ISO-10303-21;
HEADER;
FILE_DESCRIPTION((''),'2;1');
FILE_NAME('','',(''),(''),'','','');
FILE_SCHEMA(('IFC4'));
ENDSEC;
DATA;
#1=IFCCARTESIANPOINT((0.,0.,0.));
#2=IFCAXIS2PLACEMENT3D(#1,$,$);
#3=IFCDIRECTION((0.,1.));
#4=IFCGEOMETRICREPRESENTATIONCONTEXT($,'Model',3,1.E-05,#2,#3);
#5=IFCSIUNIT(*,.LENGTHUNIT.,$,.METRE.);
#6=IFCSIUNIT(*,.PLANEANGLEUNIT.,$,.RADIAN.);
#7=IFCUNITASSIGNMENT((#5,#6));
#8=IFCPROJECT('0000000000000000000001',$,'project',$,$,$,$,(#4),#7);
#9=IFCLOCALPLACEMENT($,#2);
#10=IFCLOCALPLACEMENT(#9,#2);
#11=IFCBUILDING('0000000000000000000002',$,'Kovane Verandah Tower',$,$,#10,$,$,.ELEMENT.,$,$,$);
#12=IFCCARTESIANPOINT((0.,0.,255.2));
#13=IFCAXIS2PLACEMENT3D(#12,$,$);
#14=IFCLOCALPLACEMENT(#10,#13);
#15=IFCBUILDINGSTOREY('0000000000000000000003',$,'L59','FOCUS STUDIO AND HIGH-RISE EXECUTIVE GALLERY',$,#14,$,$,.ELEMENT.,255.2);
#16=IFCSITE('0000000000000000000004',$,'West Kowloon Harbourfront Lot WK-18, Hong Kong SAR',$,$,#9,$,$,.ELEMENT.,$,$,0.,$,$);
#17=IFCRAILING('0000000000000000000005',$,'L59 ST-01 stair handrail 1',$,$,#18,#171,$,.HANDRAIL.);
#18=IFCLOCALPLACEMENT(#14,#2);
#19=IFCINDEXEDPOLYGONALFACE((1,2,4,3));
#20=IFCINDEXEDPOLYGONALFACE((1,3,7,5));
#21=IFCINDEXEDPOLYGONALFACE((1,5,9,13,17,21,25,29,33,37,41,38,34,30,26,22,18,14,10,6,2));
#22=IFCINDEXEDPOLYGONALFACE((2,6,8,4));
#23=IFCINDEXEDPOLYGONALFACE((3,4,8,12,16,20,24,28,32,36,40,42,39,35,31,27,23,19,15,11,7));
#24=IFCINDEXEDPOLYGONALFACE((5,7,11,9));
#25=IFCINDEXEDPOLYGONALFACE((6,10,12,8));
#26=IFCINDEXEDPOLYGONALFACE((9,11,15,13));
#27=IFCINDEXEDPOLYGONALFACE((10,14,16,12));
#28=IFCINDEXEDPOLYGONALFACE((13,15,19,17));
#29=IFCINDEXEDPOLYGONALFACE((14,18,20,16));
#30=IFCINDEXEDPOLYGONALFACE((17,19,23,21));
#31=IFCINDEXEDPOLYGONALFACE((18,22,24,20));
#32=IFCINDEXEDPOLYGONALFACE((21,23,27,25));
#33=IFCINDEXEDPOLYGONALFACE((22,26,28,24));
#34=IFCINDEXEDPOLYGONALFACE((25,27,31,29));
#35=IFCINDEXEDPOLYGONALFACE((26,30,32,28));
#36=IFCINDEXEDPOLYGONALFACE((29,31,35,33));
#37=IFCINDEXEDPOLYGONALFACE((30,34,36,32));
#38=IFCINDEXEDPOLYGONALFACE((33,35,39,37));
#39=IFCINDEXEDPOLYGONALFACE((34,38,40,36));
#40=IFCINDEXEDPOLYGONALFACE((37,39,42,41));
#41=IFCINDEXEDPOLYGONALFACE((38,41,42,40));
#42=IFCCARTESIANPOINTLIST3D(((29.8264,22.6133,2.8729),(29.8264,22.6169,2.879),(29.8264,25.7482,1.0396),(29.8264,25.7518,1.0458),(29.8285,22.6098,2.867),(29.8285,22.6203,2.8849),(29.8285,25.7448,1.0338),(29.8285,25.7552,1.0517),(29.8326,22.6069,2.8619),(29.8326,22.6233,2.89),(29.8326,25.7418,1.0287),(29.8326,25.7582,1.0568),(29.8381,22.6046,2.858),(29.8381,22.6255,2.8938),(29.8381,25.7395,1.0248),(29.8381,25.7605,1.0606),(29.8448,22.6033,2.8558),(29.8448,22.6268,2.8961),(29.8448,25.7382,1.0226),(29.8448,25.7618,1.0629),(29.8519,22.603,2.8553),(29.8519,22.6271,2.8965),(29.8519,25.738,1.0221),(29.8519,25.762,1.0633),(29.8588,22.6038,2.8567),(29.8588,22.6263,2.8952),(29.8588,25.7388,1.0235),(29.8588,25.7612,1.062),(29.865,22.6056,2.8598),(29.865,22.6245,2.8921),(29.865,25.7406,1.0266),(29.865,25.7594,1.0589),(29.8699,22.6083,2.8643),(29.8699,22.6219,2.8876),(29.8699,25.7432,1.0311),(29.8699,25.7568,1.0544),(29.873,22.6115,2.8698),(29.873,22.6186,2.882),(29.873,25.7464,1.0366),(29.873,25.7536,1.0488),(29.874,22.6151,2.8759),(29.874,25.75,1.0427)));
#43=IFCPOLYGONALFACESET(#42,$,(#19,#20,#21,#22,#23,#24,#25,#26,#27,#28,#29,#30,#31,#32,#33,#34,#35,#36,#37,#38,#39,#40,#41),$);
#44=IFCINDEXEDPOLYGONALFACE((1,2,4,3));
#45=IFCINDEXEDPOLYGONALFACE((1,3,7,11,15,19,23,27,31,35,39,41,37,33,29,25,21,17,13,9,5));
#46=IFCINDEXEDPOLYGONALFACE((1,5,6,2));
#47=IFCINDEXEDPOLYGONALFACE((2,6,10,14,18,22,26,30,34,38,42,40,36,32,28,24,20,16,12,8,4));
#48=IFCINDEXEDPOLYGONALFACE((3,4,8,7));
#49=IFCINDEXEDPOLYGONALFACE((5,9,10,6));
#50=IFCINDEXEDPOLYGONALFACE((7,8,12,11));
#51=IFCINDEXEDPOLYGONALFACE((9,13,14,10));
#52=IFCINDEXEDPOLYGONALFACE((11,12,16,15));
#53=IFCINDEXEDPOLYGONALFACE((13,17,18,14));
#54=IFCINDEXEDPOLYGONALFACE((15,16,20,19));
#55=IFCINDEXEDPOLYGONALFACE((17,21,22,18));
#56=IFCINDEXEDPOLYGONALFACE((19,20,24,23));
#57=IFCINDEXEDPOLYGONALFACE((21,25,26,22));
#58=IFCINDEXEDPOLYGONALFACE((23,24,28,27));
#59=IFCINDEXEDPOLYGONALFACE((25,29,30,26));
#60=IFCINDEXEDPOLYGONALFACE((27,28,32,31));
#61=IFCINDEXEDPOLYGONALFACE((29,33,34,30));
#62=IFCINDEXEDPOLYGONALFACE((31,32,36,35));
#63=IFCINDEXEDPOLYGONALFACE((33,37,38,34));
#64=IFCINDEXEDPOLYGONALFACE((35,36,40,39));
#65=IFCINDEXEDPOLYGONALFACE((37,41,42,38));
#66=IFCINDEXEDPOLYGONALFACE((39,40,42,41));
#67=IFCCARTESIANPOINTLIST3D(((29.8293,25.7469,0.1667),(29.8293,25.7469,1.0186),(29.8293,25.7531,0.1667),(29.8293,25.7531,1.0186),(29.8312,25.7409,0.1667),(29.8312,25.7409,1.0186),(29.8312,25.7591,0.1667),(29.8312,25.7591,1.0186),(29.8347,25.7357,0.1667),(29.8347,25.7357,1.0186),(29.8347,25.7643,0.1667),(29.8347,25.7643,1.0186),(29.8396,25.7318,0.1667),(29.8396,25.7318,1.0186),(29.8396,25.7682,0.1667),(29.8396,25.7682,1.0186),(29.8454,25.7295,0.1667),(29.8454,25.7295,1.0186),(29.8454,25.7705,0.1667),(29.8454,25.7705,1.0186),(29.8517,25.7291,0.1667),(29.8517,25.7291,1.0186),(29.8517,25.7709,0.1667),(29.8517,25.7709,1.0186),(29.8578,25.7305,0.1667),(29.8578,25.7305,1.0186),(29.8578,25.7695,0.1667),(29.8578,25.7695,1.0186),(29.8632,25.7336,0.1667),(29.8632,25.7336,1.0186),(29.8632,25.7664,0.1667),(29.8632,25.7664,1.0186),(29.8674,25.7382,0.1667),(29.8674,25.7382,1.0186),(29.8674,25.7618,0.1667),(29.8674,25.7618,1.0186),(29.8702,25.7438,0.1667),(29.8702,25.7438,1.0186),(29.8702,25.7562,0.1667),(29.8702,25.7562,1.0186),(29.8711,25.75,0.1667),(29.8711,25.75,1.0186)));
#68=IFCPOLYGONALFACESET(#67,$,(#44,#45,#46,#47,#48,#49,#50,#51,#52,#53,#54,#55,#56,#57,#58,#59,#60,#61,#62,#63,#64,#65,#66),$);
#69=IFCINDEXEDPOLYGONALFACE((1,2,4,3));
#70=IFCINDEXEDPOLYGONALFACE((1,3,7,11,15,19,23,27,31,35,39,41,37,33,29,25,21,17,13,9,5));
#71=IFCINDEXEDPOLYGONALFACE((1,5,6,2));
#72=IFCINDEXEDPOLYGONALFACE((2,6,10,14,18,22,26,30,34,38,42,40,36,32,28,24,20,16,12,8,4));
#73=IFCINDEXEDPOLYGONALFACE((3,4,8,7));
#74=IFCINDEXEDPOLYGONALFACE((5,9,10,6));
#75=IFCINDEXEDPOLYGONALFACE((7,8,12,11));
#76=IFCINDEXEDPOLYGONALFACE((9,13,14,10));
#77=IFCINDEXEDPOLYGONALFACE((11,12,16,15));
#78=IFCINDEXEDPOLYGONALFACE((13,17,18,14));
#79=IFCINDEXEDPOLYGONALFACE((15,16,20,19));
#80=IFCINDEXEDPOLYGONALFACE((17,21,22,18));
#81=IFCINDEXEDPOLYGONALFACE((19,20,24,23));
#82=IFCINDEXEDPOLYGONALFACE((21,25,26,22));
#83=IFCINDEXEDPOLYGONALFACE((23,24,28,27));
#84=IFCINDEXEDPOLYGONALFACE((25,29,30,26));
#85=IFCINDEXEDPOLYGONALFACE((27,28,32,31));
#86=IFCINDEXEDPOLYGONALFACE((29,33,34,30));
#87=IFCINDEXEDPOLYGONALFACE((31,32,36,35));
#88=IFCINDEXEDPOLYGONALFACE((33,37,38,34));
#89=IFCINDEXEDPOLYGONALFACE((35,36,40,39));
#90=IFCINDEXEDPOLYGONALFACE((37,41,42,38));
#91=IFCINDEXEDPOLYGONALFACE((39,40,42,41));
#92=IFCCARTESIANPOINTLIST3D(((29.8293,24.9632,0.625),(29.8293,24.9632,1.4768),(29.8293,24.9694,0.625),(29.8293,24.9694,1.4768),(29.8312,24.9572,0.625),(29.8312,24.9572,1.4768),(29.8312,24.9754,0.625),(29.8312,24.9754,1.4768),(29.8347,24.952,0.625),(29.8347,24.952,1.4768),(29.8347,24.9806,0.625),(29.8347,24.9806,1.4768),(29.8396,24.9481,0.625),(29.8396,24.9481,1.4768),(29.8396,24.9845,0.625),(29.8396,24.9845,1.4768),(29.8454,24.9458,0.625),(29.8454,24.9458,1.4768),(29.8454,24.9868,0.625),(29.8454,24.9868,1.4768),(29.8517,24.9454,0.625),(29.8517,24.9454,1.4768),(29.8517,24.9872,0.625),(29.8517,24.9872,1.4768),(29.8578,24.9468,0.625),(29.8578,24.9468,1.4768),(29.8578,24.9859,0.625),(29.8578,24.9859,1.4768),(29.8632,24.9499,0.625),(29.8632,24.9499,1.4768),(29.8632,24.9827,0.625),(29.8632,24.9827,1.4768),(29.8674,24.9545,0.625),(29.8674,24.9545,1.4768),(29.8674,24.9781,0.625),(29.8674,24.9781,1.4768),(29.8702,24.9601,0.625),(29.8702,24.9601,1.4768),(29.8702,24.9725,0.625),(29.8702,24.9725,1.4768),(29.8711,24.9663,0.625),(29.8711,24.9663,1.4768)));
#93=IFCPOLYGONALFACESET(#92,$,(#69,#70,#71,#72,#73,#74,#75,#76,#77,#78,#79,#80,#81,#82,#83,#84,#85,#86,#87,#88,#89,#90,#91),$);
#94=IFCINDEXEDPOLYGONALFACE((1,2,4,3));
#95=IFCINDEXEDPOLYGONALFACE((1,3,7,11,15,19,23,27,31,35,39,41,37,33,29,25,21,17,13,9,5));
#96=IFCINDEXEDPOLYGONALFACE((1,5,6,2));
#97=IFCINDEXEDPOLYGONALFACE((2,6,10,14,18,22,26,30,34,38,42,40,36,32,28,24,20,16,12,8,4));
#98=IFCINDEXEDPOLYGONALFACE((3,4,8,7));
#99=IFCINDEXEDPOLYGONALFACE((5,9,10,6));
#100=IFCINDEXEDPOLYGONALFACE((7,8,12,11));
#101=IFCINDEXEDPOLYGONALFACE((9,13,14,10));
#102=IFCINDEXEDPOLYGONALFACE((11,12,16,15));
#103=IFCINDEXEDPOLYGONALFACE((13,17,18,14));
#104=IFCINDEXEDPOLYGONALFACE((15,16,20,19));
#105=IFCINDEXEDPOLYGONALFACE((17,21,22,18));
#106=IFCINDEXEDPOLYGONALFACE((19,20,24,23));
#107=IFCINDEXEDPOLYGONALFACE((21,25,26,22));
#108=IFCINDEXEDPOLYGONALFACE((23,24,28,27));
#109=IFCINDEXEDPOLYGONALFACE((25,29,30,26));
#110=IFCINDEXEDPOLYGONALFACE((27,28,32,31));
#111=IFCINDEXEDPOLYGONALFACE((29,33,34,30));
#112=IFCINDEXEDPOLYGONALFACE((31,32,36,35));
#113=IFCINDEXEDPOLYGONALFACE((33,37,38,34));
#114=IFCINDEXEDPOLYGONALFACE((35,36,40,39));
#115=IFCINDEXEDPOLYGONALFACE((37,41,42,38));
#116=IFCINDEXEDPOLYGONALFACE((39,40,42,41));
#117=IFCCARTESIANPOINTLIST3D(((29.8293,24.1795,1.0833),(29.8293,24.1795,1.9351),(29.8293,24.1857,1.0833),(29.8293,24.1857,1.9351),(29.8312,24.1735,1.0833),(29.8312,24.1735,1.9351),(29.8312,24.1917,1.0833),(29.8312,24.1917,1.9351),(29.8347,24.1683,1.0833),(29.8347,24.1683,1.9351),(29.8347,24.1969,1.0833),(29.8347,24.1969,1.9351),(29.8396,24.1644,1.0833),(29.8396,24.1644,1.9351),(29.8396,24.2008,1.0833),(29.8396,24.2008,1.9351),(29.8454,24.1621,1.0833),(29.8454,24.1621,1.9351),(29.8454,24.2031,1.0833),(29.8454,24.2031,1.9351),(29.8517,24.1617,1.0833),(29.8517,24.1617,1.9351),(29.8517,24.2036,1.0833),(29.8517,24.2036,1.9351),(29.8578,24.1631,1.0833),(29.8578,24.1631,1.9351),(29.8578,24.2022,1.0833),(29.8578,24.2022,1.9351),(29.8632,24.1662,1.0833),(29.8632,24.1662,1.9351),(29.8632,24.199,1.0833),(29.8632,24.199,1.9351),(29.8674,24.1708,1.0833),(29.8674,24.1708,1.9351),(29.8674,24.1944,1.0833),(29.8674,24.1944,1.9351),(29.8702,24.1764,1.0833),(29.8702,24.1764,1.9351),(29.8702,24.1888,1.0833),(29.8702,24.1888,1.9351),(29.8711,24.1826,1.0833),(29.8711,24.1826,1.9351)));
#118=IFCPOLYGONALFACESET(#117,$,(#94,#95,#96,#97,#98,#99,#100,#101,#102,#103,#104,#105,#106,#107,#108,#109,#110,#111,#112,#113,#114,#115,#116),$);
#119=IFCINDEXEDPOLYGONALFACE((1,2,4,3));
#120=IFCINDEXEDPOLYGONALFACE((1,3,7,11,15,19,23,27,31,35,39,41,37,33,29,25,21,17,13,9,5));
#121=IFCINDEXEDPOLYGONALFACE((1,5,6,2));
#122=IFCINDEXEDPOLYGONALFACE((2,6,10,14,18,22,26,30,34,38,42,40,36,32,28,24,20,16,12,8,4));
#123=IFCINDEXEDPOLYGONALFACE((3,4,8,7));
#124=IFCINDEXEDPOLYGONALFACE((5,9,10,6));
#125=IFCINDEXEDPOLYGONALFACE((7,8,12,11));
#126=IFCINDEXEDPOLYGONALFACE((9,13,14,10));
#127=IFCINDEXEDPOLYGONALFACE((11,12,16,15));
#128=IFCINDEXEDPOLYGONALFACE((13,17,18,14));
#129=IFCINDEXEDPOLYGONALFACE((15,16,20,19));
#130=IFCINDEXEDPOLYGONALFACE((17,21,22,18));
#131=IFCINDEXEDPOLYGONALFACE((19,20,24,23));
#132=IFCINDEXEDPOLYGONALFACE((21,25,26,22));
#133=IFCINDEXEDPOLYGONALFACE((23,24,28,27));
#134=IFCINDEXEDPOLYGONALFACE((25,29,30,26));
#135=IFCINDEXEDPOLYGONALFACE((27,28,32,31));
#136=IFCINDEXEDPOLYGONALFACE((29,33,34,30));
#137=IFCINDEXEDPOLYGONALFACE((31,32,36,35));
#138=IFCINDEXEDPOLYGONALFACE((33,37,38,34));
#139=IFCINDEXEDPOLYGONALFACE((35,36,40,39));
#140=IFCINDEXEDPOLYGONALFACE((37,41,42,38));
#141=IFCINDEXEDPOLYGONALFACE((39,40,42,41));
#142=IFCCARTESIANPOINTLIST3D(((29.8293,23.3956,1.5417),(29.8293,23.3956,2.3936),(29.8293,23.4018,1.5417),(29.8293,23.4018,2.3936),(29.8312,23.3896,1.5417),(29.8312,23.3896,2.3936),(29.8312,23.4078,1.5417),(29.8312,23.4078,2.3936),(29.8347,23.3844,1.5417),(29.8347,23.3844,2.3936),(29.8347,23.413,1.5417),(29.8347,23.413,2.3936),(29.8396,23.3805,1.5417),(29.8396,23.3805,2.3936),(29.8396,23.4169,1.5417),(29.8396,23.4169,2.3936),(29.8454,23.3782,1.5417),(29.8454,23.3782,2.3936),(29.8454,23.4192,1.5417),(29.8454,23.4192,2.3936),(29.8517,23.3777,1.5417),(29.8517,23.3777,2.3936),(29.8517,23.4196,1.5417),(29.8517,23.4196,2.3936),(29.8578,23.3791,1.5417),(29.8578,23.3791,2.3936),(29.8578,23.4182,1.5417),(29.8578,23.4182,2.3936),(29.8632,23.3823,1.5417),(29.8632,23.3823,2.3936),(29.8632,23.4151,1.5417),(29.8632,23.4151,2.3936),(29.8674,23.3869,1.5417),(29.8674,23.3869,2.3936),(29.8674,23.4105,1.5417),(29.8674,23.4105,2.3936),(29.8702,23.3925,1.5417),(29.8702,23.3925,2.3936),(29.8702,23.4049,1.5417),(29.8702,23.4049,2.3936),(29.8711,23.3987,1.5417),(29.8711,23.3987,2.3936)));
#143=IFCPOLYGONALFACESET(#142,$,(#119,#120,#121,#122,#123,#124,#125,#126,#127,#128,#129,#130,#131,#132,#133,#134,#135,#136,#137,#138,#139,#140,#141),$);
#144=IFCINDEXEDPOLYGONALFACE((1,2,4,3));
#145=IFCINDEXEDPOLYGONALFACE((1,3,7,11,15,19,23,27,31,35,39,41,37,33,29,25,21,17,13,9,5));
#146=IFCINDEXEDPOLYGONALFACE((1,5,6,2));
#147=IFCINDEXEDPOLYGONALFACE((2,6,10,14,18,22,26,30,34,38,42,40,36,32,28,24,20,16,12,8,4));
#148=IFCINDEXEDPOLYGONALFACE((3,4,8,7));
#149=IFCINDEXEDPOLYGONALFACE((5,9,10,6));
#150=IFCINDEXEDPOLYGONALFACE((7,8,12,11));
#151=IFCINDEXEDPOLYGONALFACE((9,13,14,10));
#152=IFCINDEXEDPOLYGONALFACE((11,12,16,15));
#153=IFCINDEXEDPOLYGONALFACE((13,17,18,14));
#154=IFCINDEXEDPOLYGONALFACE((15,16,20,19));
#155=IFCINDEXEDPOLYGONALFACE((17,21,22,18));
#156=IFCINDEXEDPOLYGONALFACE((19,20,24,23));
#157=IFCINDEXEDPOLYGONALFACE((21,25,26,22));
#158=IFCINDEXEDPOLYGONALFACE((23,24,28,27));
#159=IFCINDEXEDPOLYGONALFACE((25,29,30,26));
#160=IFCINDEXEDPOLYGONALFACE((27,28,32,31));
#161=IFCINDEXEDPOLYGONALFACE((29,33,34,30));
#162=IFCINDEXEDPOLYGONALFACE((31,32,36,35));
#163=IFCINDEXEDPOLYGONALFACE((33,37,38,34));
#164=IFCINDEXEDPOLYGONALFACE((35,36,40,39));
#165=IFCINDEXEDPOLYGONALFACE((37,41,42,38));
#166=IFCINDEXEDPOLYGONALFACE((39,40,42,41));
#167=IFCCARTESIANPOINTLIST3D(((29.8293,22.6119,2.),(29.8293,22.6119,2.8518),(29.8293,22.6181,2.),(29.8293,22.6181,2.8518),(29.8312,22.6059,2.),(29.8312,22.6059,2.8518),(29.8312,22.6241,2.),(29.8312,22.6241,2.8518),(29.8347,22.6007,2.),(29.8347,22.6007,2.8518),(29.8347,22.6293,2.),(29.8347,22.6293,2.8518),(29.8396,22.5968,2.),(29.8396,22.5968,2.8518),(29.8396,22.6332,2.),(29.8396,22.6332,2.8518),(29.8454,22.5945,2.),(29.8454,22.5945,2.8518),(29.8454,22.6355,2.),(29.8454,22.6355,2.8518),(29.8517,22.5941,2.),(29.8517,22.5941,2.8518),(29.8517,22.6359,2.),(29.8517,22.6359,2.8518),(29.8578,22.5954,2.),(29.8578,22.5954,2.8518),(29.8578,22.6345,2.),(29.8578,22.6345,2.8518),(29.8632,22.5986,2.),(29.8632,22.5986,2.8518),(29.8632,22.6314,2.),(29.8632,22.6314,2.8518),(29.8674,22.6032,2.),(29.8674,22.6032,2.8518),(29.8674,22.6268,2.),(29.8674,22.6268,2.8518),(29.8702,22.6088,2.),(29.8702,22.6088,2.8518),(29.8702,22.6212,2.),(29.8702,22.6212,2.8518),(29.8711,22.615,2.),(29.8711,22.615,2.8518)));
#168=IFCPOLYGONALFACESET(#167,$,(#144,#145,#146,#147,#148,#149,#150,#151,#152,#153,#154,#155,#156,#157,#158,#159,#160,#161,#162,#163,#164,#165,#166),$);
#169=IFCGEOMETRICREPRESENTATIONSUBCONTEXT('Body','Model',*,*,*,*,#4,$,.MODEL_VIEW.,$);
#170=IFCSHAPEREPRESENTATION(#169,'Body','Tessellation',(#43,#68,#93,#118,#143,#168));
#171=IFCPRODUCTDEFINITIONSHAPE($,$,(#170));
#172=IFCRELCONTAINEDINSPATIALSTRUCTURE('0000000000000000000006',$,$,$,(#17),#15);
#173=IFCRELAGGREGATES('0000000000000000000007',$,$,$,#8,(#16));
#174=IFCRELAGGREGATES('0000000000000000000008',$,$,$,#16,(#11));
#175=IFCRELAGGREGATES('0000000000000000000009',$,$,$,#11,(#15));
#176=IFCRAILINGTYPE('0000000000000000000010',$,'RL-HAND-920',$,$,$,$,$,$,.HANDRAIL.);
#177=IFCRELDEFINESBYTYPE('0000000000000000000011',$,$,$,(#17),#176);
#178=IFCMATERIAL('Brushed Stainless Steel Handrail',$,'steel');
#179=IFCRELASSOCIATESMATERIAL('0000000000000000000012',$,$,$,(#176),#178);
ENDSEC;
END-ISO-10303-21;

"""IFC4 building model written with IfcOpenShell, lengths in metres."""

from ifc_helpers import new_model, si_unit, direction, frame, origin, origin_2d, place, context, subcontext, project, spatial, circle, extrude, material, type_object, element, save


model = new_model("IFC4")

# Units and contexts
model_context = context("Model", 3, precision=1e-05, world=origin(), true_north=direction((0.0, 1.0)))
body_context = subcontext(model_context, "Body", "Model", "MODEL_VIEW")
ifc_project = project(units=[si_unit("LENGTHUNIT", "METRE"), si_unit("PLANEANGLEUNIT", "RADIAN")], contexts=[model_context])

# Site, building, storey
site_placement = place(None, origin())
site = spatial("IfcSite", under=ifc_project, at=site_placement, Name="West Kowloon Harbourfront Lot WK-18, Hong Kong SAR", CompositionType="ELEMENT", RefElevation=0.0)
building_placement = place(site_placement, origin())
building = spatial("IfcBuilding", under=site, at=building_placement, Name="Kovane Verandah Tower", CompositionType="ELEMENT")
storey_placement = place(building_placement, frame((0.0, 0.0, 255.2)))
storey = spatial("IfcBuildingStorey", under=building, at=storey_placement, Name="L59", Description="FOCUS STUDIO AND HIGH-RISE EXECUTIVE GALLERY", CompositionType="ELEMENT", Elevation=255.2)

# Railing
ifc_material_1 = material(Name="Brushed Stainless Steel Handrail", Category="steel")
railing_type_1 = type_object("IfcRailingType", Name="RL-HAND-920", PredefinedType="HANDRAIL", material=ifc_material_1)
railing_1_placement = place(storey_placement, frame((29.8501, 25.75, 0.1667)))
element("IfcRailing", 1, at=railing_1_placement, inside=storey, type_object=railing_type_1, Name="L59 ST-01 stair handrail 1", PredefinedType="HANDRAIL", context=body_context, shape_type="SweptSolid", body=[
    extrude(circle(Radius=0.0239, at=origin_2d()), frame((0.0, 0.0, 0.876), z_axis=(0.0, -0.86324, 0.504794), x_axis=(1.0, 0.0, 0.0)), (0.0, 0.0, 1.0), 3.6316),
    extrude(circle(Radius=0.021, at=origin_2d()), origin(), (0.0, 0.0, 1.0), 0.8518),
    extrude(circle(Radius=0.021, at=origin_2d()), frame((0.0, -0.7837, 0.4583)), (0.0, 0.0, 1.0), 0.8518),
    extrude(circle(Radius=0.021, at=origin_2d()), frame((0.0, -1.5674, 0.9165)), (0.0, 0.0, 1.0), 0.8518),
    extrude(circle(Radius=0.021, at=origin_2d()), frame((0.0, -2.3513, 1.375)), (0.0, 0.0, 1.0), 0.8518),
    extrude(circle(Radius=0.021, at=origin_2d()), frame((0.0, -3.135, 1.8333)), (0.0, 0.0, 1.0), 0.8518),
])

save(model, "model.ifc")
